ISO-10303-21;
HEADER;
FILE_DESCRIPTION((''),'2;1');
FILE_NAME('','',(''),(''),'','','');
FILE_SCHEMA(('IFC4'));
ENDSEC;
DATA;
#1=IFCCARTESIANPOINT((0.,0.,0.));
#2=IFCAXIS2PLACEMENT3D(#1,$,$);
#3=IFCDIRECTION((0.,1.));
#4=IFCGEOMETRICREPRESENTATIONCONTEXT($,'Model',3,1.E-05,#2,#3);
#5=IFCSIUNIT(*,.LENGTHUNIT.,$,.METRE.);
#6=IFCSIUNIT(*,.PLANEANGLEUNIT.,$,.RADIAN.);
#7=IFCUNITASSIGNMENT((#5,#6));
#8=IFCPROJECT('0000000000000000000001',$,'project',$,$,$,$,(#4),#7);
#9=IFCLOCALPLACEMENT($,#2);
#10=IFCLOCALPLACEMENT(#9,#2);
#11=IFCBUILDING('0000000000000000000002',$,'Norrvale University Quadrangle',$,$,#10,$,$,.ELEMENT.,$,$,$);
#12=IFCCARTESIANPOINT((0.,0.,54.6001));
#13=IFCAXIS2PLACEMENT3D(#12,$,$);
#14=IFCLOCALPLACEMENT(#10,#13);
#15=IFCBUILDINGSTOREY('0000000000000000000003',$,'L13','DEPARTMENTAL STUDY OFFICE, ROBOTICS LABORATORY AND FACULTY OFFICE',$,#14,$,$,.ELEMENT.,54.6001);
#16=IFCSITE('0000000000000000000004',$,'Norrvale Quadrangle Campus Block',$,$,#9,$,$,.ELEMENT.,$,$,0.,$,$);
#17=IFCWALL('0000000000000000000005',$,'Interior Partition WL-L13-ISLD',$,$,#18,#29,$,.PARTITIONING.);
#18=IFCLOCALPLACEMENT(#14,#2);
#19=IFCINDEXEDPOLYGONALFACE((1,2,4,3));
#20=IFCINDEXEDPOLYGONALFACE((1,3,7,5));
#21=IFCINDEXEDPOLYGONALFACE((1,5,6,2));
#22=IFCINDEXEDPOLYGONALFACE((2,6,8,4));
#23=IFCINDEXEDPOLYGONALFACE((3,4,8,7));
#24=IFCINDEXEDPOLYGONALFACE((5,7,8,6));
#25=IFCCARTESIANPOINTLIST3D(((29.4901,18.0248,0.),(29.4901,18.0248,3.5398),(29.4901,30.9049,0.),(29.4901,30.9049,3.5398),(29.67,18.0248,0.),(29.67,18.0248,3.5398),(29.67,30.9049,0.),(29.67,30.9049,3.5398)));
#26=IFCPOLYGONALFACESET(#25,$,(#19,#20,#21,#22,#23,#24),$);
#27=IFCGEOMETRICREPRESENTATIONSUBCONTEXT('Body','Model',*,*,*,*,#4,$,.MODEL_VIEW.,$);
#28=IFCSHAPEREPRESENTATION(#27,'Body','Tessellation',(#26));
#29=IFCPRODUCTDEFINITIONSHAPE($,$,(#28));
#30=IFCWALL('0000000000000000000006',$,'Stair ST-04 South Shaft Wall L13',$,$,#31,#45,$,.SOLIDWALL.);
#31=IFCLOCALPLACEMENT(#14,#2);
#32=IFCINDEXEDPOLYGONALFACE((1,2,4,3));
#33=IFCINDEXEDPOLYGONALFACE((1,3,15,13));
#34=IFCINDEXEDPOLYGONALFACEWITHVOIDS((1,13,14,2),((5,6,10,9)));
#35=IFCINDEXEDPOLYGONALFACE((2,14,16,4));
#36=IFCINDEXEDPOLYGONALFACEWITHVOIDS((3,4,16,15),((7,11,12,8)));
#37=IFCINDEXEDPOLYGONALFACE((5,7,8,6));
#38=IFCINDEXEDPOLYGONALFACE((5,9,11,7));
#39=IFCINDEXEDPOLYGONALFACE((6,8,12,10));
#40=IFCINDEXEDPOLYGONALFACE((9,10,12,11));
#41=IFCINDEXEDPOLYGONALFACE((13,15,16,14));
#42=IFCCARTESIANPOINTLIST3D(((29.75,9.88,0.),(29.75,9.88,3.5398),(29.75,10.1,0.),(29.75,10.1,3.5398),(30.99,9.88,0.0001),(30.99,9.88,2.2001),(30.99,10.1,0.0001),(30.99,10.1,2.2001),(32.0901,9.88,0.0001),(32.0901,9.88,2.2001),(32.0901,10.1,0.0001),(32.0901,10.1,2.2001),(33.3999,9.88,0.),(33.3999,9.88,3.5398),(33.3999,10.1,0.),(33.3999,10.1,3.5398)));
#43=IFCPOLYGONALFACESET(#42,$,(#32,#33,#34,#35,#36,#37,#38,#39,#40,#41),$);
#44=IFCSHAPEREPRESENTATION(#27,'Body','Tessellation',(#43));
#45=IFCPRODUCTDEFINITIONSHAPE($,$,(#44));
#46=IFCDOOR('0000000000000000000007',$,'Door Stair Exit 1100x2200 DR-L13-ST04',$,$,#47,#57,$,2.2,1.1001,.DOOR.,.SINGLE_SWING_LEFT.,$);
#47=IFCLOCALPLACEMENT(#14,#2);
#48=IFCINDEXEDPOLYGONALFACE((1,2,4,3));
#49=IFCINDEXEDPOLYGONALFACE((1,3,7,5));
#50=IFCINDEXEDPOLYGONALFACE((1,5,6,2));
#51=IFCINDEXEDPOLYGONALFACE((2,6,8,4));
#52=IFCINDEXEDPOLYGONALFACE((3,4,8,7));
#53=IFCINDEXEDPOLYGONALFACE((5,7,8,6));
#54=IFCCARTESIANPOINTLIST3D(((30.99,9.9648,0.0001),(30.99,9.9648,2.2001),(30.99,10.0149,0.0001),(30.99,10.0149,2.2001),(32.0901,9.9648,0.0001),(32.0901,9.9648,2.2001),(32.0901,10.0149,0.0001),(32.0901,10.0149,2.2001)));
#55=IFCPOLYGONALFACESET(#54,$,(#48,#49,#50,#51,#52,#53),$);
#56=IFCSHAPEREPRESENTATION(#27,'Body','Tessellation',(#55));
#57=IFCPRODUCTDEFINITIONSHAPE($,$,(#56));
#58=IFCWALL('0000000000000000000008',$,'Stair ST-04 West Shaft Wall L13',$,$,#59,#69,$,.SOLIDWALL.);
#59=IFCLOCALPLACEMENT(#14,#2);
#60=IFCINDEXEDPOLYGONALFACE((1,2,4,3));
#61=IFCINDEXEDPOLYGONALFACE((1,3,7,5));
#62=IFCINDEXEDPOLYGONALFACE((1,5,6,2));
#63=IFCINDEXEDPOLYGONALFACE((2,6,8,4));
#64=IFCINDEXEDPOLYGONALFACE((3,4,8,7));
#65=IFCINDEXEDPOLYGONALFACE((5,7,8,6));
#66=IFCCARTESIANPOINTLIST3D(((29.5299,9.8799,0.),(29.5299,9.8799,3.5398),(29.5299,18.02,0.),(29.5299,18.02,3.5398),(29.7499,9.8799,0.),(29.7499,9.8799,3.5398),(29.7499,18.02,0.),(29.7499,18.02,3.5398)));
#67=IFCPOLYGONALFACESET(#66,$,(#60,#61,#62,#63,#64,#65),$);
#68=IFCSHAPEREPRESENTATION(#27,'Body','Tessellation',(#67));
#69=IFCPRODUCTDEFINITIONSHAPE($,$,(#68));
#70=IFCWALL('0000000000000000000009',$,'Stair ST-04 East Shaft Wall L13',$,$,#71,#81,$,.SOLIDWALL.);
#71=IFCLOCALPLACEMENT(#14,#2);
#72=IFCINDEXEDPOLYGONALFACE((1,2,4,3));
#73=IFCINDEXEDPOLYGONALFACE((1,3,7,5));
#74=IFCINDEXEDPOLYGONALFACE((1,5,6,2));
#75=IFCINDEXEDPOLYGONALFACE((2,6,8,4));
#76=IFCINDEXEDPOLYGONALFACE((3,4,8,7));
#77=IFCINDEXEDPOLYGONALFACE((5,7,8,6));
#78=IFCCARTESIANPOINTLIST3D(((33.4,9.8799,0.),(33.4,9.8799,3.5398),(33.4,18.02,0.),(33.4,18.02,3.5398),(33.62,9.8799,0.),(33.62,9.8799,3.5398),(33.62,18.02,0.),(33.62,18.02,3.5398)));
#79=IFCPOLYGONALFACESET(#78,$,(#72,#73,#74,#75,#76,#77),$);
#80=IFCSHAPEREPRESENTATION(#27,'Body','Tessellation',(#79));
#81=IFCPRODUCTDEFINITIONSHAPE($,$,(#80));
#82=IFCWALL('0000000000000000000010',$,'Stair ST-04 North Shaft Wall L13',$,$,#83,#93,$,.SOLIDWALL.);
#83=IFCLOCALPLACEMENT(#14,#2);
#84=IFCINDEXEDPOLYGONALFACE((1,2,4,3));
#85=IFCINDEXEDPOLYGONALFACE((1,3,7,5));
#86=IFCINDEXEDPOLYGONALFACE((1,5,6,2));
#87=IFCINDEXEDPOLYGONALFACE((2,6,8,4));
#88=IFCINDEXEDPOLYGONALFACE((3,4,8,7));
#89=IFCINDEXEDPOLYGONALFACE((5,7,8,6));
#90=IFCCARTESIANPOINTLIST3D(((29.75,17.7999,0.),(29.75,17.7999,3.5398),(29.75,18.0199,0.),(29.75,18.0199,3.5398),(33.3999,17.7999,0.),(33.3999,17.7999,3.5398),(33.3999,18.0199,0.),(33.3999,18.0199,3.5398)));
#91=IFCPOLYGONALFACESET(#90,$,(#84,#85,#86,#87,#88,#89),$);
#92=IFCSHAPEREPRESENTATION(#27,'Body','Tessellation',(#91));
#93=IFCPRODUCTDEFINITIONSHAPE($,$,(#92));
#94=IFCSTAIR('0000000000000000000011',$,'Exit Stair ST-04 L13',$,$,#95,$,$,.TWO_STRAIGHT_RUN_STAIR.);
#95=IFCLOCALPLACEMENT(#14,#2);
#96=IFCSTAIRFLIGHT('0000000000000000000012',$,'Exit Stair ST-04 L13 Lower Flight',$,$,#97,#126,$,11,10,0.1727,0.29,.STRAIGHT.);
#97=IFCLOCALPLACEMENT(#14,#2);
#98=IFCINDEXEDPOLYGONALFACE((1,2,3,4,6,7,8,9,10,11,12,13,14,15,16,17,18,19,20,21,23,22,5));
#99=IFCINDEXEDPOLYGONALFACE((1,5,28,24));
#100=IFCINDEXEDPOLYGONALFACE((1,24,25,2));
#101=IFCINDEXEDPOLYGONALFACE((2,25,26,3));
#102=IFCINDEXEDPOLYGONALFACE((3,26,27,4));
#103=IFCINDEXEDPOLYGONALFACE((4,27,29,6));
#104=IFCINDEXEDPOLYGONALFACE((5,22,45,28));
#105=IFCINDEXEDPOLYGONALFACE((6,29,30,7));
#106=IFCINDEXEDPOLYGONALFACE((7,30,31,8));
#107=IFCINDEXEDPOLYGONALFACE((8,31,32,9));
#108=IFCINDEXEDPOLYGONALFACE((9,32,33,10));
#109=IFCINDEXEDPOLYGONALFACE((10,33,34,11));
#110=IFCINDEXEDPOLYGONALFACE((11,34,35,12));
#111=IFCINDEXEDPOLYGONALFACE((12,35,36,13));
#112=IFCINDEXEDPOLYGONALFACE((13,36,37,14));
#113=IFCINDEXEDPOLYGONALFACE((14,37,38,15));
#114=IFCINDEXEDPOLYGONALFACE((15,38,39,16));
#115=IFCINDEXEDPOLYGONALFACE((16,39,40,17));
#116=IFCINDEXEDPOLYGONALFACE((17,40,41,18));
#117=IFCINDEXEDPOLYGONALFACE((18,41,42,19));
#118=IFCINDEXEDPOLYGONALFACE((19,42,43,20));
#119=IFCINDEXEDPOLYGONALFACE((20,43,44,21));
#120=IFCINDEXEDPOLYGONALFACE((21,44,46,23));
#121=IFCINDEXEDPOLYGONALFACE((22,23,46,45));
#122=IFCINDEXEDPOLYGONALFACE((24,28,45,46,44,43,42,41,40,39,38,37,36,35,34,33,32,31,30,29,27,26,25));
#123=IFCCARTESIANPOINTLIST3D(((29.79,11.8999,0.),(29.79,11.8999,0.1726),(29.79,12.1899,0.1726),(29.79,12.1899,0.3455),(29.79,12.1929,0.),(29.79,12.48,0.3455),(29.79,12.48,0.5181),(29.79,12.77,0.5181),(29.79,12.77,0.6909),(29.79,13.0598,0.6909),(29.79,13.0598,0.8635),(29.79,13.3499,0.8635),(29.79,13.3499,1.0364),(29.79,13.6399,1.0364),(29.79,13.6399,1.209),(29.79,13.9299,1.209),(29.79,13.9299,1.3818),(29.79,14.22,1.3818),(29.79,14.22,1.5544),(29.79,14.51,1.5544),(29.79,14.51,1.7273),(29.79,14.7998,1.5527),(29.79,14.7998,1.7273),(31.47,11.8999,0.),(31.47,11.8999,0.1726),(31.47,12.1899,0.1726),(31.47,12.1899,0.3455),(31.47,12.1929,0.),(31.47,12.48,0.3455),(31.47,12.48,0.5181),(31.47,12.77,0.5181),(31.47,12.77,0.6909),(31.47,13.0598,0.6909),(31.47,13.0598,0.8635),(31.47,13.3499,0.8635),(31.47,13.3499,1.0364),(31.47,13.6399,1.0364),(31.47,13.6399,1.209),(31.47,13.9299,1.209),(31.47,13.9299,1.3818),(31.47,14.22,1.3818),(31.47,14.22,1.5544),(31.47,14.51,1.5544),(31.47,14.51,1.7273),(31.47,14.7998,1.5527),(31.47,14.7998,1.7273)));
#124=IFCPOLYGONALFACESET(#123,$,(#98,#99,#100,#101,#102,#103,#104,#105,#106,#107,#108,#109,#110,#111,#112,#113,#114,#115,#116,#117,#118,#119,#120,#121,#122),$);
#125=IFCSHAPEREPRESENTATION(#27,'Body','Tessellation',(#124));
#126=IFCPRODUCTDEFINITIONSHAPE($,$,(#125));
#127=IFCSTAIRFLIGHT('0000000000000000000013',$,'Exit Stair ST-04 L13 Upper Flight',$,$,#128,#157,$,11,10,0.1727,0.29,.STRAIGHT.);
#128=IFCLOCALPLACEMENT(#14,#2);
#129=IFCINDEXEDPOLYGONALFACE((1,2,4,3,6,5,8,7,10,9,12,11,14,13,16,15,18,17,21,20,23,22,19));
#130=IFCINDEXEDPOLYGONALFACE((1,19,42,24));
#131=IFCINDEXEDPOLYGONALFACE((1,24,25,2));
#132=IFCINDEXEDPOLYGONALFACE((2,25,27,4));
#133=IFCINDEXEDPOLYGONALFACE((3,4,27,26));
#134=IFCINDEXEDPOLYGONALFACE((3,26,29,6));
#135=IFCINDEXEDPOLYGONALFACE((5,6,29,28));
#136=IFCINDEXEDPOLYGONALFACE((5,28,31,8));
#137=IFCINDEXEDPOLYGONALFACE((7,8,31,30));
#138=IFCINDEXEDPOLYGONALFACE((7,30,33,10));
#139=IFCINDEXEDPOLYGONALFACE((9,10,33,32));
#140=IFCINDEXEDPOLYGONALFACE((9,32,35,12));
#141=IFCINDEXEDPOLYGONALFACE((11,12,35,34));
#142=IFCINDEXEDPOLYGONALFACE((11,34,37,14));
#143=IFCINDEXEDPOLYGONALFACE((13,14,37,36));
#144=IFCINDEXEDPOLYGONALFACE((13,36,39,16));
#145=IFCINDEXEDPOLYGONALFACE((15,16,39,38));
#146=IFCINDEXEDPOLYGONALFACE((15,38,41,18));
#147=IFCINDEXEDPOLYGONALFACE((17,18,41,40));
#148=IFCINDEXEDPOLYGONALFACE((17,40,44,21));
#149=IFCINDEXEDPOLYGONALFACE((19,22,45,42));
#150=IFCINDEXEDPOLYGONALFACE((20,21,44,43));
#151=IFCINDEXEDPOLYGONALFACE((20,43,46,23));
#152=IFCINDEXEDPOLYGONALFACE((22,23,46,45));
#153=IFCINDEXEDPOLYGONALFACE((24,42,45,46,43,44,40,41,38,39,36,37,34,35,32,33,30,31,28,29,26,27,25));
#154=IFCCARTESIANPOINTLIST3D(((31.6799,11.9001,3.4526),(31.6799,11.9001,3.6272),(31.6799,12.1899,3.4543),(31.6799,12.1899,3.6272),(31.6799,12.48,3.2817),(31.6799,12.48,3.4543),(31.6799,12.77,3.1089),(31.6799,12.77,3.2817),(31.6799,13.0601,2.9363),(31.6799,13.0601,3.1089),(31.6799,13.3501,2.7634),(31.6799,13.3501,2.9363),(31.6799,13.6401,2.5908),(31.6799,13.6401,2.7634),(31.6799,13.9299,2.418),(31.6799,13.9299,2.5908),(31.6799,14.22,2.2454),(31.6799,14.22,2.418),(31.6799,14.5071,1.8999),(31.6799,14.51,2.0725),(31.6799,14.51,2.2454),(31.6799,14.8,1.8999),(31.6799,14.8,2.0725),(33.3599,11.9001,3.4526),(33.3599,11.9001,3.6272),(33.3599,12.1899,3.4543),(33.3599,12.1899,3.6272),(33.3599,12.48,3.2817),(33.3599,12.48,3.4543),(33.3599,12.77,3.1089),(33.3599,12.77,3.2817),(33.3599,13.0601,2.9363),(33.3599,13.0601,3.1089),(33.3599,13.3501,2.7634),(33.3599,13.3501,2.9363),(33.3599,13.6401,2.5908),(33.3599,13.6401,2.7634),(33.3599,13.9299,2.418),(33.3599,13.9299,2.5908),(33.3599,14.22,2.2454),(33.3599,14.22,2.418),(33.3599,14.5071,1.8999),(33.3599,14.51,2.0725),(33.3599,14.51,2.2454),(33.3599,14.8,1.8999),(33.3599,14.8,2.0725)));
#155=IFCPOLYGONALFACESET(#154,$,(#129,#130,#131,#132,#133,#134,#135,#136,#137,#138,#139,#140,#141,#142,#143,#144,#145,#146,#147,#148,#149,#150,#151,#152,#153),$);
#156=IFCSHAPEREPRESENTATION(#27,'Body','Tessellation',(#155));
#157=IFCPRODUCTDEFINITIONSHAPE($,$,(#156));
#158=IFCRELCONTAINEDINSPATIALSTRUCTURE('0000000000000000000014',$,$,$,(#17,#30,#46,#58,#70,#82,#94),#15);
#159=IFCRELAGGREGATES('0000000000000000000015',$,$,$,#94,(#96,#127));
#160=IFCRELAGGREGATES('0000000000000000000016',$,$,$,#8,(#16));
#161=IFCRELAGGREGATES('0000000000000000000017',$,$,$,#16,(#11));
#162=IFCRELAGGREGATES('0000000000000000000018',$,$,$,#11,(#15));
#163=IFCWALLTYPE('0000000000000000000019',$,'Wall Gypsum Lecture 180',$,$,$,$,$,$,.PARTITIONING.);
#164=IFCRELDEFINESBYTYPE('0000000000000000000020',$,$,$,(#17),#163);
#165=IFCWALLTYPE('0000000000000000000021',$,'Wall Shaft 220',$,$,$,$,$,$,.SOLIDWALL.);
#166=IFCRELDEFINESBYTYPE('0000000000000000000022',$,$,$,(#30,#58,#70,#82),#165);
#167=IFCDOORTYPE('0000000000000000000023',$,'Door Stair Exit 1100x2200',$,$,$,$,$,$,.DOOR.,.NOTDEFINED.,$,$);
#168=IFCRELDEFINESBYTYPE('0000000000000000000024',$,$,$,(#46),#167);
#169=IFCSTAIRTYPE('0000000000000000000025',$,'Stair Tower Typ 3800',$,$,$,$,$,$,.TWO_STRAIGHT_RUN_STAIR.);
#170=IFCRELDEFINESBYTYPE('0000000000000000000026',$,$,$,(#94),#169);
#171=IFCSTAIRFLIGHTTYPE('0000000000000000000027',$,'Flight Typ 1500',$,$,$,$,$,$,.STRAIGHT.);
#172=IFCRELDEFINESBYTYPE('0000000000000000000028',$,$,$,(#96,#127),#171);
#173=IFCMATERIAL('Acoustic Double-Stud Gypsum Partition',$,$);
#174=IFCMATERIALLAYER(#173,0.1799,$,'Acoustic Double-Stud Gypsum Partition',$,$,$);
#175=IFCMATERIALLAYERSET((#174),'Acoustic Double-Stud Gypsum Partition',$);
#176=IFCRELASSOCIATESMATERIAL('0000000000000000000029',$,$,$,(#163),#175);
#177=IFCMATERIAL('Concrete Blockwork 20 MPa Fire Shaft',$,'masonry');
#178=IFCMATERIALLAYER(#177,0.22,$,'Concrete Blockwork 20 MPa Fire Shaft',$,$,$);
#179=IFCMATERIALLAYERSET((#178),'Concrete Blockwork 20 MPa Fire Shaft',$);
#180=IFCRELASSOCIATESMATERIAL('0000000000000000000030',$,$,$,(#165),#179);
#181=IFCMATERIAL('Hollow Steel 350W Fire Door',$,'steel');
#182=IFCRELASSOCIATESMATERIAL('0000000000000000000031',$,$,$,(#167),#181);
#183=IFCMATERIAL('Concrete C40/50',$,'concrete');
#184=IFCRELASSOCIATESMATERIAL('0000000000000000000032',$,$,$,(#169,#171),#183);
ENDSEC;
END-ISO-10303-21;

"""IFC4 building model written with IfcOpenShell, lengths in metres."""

from ifc_helpers import new_model, si_unit, direction, frame, frame_2d, origin, place, context, subcontext, project, spatial, polyline, rectangle, outline, extrude, material, layer, layer_set, type_object, element, fill, aggregate, save


model = new_model("IFC4")

# Units and contexts
model_context = context("Model", 3, precision=1e-05, world=origin(), true_north=direction((0.0, 1.0)))
body_context = subcontext(model_context, "Body", "Model", "MODEL_VIEW")
ifc_project = project(units=[si_unit("LENGTHUNIT", "METRE"), si_unit("PLANEANGLEUNIT", "RADIAN")], contexts=[model_context])

# Site, building, storey
site_placement = place(None, origin())
site = spatial("IfcSite", under=ifc_project, at=site_placement, Name="Norrvale Quadrangle Campus Block", CompositionType="ELEMENT", RefElevation=0.0)
building_placement = place(site_placement, origin())
building = spatial("IfcBuilding", under=site, at=building_placement, Name="Norrvale University Quadrangle", CompositionType="ELEMENT")
storey_placement = place(building_placement, frame((0.0, 0.0, 54.6001)))
storey = spatial("IfcBuildingStorey", under=building, at=storey_placement, Name="L13", Description="DEPARTMENTAL STUDY OFFICE, ROBOTICS LABORATORY AND FACULTY OFFICE", CompositionType="ELEMENT", Elevation=54.6001)

# Wall
ifc_material_1 = material(Name="Acoustic Double-Stud Gypsum Partition")
ifc_layer_1 = layer(ifc_material_1, 0.1799, Name="Acoustic Double-Stud Gypsum Partition")
ifc_layer_set_1 = layer_set([ifc_layer_1], Name="Acoustic Double-Stud Gypsum Partition")
wall_type_1 = type_object("IfcWallType", Name="Wall Gypsum Lecture 180", PredefinedType="PARTITIONING", material=ifc_layer_set_1)
wall_1_placement = place(storey_placement, frame((29.5801, 18.0249, 0.0), z_axis=(0.0, 0.0, 1.0), x_axis=(0.0, 1.0, 0.0)))
element("IfcWall", 1, at=wall_1_placement, inside=storey, type_object=wall_type_1, Name="Interior Partition WL-L13-ISLD", PredefinedType="PARTITIONING", context=body_context, shape_type="SweptSolid", body=[
    extrude(rectangle(XDim=12.8801, YDim=0.1799, at=frame_2d((6.4399, 0.0))), origin(), (0.0, 0.0, 1.0), 3.5398),
])

# Wall, opening, door
ifc_material_2 = material(Name="Concrete Blockwork 20 MPa Fire Shaft", Category="masonry")
ifc_layer_2 = layer(ifc_material_2, 0.22, Name="Concrete Blockwork 20 MPa Fire Shaft")
ifc_layer_set_2 = layer_set([ifc_layer_2], Name="Concrete Blockwork 20 MPa Fire Shaft")
wall_type_2 = type_object("IfcWallType", Name="Wall Shaft 220", PredefinedType="SOLIDWALL", material=ifc_layer_set_2)
wall_2_placement = place(storey_placement, frame((29.75, 9.99, 0.0), z_axis=(0.0, 0.0, 1.0), x_axis=(1.0, 0.0, 0.0)))
wall_2 = element("IfcWall", 2, at=wall_2_placement, inside=storey, type_object=wall_type_2, Name="Stair ST-04 South Shaft Wall L13", PredefinedType="SOLIDWALL", context=body_context, shape_type="SweptSolid", body=[
    extrude(rectangle(XDim=3.6499, YDim=0.22, at=frame_2d((1.825, 0.0))), origin(), (0.0, 0.0, 1.0), 3.5398),
])
opening_placement = place(wall_2_placement, frame((1.24, 0.0, 0.0)))
opening = element("IfcOpeningElement", 3, at=opening_placement, cuts=wall_2, PredefinedType="OPENING", context=body_context, shape_type="SweptSolid", body=[
    extrude(rectangle(XDim=1.1001, YDim=2.2, at=frame_2d((0.55, 1.1001))), frame((0.0, 0.1221, 0.0), z_axis=(0.0, -1.0, 0.0), x_axis=(1.0, 0.0, 0.0)), (0.0, 0.0, 1.0), 0.2439),
])
ifc_material_3 = material(Name="Hollow Steel 350W Fire Door", Category="steel")
door_type = type_object("IfcDoorType", Name="Door Stair Exit 1100x2200", OperationType="NOTDEFINED", PredefinedType="DOOR", material=ifc_material_3)
door_placement = place(opening_placement, origin())
door = element("IfcDoor", 4, at=door_placement, inside=storey, type_object=door_type, Name="Door Stair Exit 1100x2200 DR-L13-ST04", OperationType="SINGLE_SWING_LEFT", OverallHeight=2.2, OverallWidth=1.1001, PredefinedType="DOOR", context=body_context, shape_type="SweptSolid", body=[
    extrude(rectangle(XDim=1.1001, YDim=2.2, at=frame_2d((0.55, 1.1001))), frame((0.0, 0.0249, 0.0), z_axis=(0.0, -1.0, 0.0), x_axis=(1.0, 0.0, 0.0)), (0.0, 0.0, 1.0), 0.05),
])
fill(opening, door)

# Walls
for number, where, z_axis, x_axis, name in (
    (5, (29.6399, 9.8799, 0.0), (0.0, 0.0, 1.0), (0.0, 1.0, 0.0), "Stair ST-04 West Shaft Wall L13"),
    (6, (33.51, 9.8799, 0.0), (0.0, 0.0, 1.0), (0.0, 1.0, 0.0), "Stair ST-04 East Shaft Wall L13"),
):
    element("IfcWall", number, at=place(storey_placement, frame(where, z_axis=z_axis, x_axis=x_axis)), inside=storey, type_object=wall_type_2, Name=name, PredefinedType="SOLIDWALL", context=body_context, shape_type="SweptSolid", body=[
        extrude(rectangle(XDim=8.1401, YDim=0.22, at=frame_2d((4.0701, 0.0))), origin(), (0.0, 0.0, 1.0), 3.5398),
    ])
wall_3_placement = place(storey_placement, frame((29.75, 17.9099, 0.0), z_axis=(0.0, 0.0, 1.0), x_axis=(1.0, 0.0, 0.0)))
element("IfcWall", 7, at=wall_3_placement, inside=storey, type_object=wall_type_2, Name="Stair ST-04 North Shaft Wall L13", PredefinedType="SOLIDWALL", context=body_context, shape_type="SweptSolid", body=[
    extrude(rectangle(XDim=3.6499, YDim=0.22, at=frame_2d((1.825, 0.0))), origin(), (0.0, 0.0, 1.0), 3.5398),
])

# Stair, stair flights
ifc_material_4 = material(Name="Concrete C40/50", Category="concrete")
stair_type = type_object("IfcStairType", Name="Stair Tower Typ 3800", PredefinedType="TWO_STRAIGHT_RUN_STAIR", material=ifc_material_4)
stair_placement = place(storey_placement, origin())
stair = element("IfcStair", 8, at=stair_placement, inside=storey, type_object=stair_type, Name="Exit Stair ST-04 L13", PredefinedType="TWO_STRAIGHT_RUN_STAIR")
stair_flight_type = type_object("IfcStairFlightType", Name="Flight Typ 1500", PredefinedType="STRAIGHT", material=ifc_material_4)
stair_flight_1_placement = place(storey_placement, frame((30.6299, 11.8999, 0.0), z_axis=(0.0, 0.0, 1.0), x_axis=(0.0, 1.0, 0.0)))
stair_flight_1 = element("IfcStairFlight", 9, at=stair_flight_1_placement, type_object=stair_flight_type, Name="Exit Stair ST-04 L13 Lower Flight", NumberOfRisers=11, NumberOfTreads=10, PredefinedType="STRAIGHT", RiserHeight=0.1727, TreadLength=0.29, context=body_context, shape_type="SweptSolid", body=[
    extrude(outline(polyline([(0.0, 0.0), (0.0, 0.1726), (0.29, 0.1726), (0.29, 0.3455), (0.5801, 0.3455), (0.5801, 0.5181), (0.8701, 0.5181), (0.8701, 0.6909), (1.1599, 0.6909), (1.1599, 0.8635), (1.45, 0.8635), (1.45, 1.0364), (1.74, 1.0364), (1.74, 1.209), (2.03, 1.209), (2.03, 1.3818), (2.3201, 1.3818), (2.3201, 1.5544), (2.6101, 1.5544), (2.6101, 1.7273), (2.8999, 1.7273), (2.8999, 1.8999), (2.8999, 1.5527), (0.293, 0.0), (0.0, 0.0)])), frame((0.0, 0.8398, 0.0), z_axis=(0.0, -1.0, 0.0), x_axis=(1.0, 0.0, 0.0)), (0.0, 0.0, 1.0), 1.6799),
])
stair_flight_2_placement = place(storey_placement, frame((32.52, 14.8, 1.8999), z_axis=(0.0, 0.0, 1.0), x_axis=(0.0, -1.0, 0.0)))
stair_flight_2 = element("IfcStairFlight", 10, at=stair_flight_2_placement, type_object=stair_flight_type, Name="Exit Stair ST-04 L13 Upper Flight", NumberOfRisers=11, NumberOfTreads=10, PredefinedType="STRAIGHT", RiserHeight=0.1727, TreadLength=0.29, context=body_context, shape_type="SweptSolid", body=[
    extrude(outline(polyline([(0.0, 0.0), (0.0, 0.1726), (0.29, 0.1726), (0.29, 0.3455), (0.5801, 0.3455), (0.5801, 0.5181), (0.8701, 0.5181), (0.8701, 0.6909), (1.1599, 0.6909), (1.1599, 0.8635), (1.45, 0.8635), (1.45, 1.0364), (1.74, 1.0364), (1.74, 1.209), (2.03, 1.209), (2.03, 1.3818), (2.3201, 1.3818), (2.3201, 1.5544), (2.6101, 1.5544), (2.6101, 1.7273), (2.8999, 1.7273), (2.8999, 1.8999), (2.8999, 1.5527), (0.293, 0.0), (0.0, 0.0)])), frame((0.0, 0.8398, 0.0), z_axis=(0.0, -1.0, 0.0), x_axis=(1.0, 0.0, 0.0)), (0.0, 0.0, 1.0), 1.6799),
])
aggregate(stair, [stair_flight_1, stair_flight_2])

save(model, "model.ifc")
